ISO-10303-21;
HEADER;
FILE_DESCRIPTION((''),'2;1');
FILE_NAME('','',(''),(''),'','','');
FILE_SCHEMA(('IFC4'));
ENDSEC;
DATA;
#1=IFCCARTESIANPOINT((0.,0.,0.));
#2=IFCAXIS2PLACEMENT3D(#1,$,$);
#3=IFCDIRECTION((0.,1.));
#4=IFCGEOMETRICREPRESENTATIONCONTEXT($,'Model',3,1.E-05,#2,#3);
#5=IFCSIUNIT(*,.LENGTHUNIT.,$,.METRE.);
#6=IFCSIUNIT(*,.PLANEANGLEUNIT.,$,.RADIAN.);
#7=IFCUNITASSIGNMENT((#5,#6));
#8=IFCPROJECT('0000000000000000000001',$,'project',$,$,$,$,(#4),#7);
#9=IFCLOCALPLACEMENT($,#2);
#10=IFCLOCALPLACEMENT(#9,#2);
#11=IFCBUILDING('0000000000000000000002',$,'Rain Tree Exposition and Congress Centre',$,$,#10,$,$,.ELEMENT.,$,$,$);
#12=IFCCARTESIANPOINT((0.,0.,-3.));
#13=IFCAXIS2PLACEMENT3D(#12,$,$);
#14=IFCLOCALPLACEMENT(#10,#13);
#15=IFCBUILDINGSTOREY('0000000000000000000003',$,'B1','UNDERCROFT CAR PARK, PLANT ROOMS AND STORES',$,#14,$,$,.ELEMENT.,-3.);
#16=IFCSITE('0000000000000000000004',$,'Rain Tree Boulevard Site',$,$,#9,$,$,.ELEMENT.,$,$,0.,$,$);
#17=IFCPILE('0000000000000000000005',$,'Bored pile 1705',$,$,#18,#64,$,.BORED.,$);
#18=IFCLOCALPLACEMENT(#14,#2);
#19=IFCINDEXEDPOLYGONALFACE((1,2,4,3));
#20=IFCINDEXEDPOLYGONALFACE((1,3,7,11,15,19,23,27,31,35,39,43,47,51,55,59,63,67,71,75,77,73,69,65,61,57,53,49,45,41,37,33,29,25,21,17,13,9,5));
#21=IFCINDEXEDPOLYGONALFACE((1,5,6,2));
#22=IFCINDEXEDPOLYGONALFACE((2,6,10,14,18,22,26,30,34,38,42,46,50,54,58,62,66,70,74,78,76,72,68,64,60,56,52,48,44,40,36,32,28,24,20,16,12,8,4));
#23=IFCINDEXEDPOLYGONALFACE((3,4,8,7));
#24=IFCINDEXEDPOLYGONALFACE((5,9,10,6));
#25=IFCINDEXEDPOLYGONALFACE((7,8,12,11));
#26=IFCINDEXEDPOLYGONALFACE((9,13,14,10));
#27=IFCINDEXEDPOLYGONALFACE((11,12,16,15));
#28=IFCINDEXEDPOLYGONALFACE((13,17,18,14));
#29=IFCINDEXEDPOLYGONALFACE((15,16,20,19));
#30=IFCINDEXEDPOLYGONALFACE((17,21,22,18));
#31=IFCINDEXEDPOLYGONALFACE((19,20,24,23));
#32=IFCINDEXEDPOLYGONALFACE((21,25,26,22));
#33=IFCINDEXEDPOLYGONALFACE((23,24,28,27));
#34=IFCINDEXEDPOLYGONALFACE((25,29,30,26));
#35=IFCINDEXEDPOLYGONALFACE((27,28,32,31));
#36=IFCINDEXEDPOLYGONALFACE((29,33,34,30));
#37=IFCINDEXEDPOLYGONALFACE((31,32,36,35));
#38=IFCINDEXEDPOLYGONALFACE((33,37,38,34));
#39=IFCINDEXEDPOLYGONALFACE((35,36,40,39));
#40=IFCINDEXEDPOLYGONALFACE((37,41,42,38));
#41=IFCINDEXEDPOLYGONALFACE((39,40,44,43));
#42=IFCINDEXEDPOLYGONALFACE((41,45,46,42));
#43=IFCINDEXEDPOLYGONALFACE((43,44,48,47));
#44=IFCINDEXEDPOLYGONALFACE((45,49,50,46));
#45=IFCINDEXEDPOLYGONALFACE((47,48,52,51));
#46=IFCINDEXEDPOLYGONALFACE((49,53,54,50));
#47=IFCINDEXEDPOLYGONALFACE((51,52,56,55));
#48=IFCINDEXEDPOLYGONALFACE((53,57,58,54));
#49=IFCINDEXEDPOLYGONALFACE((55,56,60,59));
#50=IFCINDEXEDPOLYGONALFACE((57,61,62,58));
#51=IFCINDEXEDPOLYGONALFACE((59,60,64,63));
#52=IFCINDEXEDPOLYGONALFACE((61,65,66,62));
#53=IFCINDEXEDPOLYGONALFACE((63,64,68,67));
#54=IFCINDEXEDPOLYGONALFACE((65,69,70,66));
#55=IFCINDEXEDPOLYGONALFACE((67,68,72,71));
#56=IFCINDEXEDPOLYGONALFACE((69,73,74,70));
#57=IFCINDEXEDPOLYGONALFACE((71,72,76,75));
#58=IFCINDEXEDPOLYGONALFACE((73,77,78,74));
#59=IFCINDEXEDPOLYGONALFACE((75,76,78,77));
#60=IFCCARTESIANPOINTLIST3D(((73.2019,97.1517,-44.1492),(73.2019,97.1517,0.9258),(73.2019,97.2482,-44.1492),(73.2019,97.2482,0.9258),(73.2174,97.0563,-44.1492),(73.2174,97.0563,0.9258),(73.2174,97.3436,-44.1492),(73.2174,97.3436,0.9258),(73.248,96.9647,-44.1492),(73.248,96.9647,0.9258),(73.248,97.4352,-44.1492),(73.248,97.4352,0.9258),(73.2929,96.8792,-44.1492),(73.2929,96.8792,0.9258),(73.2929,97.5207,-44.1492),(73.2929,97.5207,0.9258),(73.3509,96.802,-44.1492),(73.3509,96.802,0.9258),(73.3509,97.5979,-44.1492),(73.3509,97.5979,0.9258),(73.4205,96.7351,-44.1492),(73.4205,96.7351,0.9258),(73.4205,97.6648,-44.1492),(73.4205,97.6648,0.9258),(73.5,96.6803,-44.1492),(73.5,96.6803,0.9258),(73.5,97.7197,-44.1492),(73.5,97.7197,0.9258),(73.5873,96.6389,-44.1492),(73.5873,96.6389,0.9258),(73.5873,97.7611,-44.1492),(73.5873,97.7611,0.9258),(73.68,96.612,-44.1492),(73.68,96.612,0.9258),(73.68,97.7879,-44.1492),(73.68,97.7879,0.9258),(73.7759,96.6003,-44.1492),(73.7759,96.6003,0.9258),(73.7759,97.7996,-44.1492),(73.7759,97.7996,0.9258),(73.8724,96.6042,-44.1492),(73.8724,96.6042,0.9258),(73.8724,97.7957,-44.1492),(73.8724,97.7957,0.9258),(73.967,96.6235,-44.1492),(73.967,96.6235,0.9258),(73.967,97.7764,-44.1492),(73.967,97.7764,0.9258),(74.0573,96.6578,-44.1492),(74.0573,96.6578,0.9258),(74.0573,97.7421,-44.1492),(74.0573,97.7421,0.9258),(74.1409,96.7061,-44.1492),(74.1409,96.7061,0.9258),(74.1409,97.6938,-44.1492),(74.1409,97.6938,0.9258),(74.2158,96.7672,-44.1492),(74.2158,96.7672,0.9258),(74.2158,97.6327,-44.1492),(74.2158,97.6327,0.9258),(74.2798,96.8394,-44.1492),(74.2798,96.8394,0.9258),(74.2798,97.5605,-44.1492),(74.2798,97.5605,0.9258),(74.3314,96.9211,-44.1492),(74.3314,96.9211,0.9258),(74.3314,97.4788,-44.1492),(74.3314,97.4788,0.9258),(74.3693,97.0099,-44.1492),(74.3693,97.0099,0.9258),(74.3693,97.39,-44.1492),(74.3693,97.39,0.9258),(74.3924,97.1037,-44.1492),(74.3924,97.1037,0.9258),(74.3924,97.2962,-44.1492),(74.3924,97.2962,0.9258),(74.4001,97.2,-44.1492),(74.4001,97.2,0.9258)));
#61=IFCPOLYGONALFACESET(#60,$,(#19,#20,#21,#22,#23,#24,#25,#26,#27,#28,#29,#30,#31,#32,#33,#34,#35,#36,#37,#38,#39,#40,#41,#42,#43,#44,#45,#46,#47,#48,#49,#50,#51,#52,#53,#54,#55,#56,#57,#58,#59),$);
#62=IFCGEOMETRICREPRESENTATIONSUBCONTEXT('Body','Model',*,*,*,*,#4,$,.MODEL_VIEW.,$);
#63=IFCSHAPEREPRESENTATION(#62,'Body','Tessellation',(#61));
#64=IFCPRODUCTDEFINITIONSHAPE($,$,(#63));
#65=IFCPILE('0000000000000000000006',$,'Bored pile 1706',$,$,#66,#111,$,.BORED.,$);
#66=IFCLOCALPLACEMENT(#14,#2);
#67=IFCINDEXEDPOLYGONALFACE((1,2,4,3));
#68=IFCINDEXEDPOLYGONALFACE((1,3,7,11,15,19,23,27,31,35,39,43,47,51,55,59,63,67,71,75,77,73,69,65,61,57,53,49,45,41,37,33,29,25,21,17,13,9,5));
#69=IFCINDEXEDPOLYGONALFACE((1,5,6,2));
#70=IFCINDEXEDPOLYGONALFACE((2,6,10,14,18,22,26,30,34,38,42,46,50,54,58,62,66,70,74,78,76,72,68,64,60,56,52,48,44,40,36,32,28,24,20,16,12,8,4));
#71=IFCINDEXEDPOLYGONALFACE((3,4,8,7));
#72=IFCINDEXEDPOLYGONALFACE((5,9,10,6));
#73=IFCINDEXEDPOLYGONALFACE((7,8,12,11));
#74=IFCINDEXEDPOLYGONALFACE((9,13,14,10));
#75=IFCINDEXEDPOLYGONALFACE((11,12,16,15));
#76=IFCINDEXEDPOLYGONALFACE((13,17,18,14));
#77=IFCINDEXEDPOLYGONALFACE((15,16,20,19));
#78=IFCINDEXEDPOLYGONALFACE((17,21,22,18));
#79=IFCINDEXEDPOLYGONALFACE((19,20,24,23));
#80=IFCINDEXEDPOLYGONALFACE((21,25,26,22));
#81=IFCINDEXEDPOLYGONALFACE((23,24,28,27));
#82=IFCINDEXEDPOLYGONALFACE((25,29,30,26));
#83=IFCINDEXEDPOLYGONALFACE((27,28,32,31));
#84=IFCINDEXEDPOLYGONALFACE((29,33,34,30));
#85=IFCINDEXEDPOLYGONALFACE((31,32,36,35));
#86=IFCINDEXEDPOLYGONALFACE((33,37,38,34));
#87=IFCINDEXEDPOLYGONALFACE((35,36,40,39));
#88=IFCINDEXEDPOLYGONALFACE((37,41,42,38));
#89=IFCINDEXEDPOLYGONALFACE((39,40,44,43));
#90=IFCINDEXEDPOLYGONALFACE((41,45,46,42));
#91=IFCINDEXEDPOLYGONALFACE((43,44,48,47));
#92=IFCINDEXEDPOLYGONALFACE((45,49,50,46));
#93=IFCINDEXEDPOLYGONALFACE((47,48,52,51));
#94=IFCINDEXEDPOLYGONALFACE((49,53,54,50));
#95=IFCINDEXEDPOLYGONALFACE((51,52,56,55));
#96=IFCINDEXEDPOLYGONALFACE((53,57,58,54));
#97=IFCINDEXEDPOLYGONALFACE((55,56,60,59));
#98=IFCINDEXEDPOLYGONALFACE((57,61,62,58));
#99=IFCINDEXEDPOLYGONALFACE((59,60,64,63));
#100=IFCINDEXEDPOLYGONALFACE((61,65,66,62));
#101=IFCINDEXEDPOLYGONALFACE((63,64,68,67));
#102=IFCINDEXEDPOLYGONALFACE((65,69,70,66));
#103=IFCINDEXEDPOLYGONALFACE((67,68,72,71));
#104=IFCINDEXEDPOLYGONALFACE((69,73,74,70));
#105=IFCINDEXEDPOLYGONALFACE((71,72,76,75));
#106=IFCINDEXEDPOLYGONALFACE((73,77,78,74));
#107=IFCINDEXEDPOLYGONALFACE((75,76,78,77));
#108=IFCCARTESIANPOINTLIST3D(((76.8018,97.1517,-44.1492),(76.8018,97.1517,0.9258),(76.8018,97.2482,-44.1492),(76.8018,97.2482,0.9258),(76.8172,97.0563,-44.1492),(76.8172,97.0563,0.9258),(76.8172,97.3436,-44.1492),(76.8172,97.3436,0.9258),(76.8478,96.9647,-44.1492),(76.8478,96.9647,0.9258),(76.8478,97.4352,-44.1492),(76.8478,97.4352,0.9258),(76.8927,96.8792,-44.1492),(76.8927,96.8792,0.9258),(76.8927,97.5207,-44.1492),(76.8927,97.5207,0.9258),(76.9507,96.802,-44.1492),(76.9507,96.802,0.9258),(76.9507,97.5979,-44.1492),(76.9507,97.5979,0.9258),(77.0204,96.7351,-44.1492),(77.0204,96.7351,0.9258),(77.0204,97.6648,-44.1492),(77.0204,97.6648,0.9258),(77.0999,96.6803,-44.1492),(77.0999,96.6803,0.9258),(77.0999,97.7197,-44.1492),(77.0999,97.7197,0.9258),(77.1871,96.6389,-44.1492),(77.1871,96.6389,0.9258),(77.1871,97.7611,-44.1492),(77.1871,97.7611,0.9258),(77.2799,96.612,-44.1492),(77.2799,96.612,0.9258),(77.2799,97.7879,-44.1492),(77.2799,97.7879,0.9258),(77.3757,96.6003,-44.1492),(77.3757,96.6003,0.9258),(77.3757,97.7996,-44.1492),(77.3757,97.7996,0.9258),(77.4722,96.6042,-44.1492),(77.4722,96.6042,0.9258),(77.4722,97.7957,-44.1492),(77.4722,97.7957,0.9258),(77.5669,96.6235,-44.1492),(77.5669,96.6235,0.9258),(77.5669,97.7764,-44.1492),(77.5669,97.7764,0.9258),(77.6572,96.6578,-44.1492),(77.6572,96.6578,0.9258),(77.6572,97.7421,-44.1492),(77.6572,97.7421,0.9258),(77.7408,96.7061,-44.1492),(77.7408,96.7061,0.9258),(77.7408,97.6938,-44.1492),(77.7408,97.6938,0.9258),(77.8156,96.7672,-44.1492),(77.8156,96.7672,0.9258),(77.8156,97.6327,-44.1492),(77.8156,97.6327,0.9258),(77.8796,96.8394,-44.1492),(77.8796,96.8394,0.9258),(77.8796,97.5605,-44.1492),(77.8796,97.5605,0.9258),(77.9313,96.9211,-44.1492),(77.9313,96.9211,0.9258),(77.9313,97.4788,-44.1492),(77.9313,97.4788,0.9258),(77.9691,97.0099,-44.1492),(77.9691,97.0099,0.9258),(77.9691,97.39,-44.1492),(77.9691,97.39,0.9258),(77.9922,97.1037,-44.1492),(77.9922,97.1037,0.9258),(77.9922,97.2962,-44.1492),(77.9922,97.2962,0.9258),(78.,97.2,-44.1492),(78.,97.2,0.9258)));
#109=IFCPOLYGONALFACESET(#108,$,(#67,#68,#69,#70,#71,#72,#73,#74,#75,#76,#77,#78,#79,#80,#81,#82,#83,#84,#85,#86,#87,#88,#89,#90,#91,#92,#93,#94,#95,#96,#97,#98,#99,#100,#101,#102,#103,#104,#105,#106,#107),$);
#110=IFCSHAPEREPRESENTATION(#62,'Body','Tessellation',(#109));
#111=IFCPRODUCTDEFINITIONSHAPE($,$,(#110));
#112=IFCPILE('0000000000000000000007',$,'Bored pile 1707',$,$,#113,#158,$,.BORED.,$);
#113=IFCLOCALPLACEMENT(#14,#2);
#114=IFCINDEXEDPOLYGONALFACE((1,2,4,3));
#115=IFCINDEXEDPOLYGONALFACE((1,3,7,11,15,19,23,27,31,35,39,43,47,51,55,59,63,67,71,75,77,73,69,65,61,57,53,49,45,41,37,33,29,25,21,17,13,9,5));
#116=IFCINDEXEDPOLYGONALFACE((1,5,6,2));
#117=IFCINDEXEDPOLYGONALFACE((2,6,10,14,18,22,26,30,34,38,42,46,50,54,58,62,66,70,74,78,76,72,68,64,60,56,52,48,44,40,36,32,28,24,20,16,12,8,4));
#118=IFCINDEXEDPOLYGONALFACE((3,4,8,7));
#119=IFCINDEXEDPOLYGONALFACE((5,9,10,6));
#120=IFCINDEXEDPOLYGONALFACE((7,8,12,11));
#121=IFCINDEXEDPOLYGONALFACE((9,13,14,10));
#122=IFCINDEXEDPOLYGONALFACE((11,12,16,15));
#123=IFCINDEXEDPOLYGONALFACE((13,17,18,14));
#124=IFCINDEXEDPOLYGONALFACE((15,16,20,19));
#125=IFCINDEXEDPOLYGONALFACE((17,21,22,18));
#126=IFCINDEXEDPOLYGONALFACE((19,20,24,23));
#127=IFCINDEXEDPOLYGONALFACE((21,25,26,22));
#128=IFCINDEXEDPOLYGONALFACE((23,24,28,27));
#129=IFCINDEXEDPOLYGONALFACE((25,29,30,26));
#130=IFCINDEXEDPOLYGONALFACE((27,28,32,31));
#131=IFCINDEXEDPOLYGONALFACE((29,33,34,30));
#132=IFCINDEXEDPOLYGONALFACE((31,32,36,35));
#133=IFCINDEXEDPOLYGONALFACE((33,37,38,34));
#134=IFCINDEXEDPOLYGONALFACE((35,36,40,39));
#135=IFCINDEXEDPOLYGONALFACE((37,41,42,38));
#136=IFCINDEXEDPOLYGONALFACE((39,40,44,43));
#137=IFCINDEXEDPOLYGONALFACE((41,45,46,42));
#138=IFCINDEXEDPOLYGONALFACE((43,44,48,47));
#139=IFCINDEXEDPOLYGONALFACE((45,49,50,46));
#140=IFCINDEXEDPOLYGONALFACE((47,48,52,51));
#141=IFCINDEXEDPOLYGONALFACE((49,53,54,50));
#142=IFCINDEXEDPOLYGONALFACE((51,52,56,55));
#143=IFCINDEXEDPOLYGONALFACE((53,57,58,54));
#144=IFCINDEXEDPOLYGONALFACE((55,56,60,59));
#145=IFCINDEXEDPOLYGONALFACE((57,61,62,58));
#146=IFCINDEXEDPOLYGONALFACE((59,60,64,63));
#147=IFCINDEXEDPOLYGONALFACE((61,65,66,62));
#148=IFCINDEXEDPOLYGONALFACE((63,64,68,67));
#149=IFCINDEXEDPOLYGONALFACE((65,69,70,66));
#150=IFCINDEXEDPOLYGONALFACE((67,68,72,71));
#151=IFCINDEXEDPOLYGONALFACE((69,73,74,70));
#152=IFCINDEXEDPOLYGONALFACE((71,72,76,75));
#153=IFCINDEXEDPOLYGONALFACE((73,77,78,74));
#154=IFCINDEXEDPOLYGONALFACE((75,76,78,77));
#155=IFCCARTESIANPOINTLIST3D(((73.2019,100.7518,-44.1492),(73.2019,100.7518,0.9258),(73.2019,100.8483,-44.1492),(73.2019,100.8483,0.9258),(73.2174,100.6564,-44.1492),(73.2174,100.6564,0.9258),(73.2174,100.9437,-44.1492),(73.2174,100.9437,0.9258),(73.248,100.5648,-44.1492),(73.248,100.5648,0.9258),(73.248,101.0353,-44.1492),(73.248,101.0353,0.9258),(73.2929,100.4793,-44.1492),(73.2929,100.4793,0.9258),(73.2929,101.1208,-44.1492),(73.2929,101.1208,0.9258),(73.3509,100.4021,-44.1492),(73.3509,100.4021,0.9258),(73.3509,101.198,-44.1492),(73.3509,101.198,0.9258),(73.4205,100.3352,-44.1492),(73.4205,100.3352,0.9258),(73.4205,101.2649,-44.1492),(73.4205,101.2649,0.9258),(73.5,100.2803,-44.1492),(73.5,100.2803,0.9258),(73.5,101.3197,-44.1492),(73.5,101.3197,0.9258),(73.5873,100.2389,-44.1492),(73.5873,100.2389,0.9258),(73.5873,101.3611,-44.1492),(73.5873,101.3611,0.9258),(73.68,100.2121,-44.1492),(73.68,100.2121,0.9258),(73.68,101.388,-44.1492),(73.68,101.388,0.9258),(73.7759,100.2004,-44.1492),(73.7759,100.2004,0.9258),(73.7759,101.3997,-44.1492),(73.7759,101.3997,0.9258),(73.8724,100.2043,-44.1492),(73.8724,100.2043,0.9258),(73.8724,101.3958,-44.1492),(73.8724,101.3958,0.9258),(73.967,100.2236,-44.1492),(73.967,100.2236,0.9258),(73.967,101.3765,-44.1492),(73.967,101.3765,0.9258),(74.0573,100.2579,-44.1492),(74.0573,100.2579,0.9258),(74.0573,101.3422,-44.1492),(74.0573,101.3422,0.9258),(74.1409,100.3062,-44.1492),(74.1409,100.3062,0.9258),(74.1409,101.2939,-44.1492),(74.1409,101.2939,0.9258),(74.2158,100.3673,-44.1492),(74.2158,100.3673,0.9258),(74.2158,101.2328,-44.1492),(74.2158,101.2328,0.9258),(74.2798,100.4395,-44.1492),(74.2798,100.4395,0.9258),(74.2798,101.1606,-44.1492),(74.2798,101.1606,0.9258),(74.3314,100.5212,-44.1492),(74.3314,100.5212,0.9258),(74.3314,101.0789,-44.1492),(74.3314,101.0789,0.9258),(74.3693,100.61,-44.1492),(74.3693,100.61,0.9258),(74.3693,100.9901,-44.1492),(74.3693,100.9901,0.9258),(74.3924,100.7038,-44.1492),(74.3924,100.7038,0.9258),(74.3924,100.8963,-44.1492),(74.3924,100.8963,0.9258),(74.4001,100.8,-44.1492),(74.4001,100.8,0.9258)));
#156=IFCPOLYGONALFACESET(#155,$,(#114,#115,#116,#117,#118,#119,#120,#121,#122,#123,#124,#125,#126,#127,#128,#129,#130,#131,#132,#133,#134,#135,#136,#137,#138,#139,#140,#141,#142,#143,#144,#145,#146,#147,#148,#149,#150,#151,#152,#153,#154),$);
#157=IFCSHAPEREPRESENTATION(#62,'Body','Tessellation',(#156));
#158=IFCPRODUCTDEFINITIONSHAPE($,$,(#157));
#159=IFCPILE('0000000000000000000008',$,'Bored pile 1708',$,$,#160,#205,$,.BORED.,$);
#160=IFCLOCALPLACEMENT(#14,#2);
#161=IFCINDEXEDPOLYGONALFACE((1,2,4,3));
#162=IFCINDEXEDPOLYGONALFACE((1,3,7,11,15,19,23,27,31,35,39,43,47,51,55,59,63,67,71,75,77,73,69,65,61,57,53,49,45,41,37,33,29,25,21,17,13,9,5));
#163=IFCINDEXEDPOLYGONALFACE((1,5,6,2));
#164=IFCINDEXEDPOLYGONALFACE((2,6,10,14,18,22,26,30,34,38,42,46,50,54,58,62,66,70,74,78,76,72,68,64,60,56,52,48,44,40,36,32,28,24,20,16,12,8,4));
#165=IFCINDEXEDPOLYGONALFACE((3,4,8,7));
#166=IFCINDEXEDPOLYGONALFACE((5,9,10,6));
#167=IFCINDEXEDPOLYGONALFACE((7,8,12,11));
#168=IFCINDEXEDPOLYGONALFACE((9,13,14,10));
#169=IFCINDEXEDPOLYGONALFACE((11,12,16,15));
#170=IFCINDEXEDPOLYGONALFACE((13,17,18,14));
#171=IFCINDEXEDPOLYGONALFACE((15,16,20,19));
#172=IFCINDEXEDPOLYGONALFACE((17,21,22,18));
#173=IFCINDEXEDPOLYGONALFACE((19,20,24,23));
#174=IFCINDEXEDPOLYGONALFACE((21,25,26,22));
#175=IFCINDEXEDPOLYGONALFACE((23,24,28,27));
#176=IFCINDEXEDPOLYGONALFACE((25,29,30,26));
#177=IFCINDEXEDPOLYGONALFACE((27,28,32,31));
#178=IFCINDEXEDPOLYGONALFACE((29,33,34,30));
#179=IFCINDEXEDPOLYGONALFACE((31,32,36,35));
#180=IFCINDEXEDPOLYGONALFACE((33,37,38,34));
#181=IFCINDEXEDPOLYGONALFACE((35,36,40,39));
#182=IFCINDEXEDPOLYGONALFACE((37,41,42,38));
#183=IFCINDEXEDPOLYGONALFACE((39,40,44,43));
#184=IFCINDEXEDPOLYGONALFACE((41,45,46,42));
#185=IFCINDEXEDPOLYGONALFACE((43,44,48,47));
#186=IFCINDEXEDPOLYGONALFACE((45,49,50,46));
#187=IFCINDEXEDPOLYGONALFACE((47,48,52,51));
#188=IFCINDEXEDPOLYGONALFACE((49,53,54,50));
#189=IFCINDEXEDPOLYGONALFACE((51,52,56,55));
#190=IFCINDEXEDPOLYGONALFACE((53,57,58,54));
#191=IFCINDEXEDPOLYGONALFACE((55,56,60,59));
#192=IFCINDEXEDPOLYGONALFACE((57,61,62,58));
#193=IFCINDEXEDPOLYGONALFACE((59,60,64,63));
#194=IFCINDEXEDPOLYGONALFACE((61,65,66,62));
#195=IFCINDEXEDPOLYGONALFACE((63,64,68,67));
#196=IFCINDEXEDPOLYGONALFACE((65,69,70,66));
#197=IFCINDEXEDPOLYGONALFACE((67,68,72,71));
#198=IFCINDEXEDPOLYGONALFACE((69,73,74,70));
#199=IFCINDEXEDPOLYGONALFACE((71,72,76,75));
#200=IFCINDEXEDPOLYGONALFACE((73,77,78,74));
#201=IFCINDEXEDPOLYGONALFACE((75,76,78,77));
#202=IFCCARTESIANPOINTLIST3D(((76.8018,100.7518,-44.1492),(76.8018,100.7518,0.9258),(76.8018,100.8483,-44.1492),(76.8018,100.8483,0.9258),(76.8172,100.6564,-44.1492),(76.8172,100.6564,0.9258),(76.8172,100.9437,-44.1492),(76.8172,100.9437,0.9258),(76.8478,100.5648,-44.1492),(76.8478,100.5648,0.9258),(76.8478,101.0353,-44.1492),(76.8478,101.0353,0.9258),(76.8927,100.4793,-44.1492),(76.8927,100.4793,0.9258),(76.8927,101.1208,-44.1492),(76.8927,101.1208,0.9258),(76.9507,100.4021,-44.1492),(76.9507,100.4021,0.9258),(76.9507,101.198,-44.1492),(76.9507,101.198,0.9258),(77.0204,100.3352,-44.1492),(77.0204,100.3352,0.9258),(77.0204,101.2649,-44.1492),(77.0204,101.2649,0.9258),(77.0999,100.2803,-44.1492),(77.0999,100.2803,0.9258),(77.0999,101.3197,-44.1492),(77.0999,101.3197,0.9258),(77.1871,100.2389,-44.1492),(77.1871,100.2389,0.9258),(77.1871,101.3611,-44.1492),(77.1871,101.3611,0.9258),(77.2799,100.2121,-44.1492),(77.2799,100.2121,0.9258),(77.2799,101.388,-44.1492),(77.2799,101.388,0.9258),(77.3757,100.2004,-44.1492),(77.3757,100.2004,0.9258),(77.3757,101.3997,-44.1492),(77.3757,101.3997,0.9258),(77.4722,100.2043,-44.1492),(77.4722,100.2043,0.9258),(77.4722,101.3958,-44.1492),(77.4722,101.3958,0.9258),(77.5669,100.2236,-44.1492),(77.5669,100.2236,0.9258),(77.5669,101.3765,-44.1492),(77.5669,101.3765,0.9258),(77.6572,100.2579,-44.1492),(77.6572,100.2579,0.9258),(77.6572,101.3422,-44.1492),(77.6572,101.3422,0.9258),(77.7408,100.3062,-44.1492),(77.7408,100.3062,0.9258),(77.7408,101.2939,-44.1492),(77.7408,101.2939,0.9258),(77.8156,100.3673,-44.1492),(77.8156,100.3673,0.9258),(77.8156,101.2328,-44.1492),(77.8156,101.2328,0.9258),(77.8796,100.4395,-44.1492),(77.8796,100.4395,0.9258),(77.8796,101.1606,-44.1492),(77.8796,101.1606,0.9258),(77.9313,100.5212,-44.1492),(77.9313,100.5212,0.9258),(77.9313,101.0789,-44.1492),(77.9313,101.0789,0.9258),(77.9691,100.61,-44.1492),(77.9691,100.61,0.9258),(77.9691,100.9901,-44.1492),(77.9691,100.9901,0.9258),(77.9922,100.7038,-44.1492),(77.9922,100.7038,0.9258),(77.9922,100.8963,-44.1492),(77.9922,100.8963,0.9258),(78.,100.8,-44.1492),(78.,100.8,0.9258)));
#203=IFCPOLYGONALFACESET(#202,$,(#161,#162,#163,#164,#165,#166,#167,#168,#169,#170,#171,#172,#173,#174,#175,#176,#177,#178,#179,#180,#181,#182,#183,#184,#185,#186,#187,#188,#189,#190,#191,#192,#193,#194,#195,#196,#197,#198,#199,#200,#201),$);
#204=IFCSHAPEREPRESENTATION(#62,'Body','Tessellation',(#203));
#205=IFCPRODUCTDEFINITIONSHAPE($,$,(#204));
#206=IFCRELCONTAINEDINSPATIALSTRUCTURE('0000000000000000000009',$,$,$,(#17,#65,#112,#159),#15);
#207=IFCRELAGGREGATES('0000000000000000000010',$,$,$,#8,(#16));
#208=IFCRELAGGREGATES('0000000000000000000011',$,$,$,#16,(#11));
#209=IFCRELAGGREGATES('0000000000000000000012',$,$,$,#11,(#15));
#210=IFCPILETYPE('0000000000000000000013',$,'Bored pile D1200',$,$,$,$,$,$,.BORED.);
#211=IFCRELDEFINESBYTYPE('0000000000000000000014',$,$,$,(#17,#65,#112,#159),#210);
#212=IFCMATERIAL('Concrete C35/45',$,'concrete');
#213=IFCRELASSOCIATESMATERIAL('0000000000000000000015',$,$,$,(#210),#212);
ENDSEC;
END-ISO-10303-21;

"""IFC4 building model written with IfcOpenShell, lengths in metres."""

from ifc_helpers import new_model, si_unit, direction, frame, origin, origin_2d, place, context, subcontext, project, spatial, circle, extrude, material, material_profile, profile_set, type_object, element, save


model = new_model("IFC4")

# Units and contexts
model_context = context("Model", 3, precision=1e-05, world=origin(), true_north=direction((0.0, 1.0)))
body_context = subcontext(model_context, "Body", "Model", "MODEL_VIEW")
ifc_project = project(units=[si_unit("LENGTHUNIT", "METRE"), si_unit("PLANEANGLEUNIT", "RADIAN")], contexts=[model_context])

# Site, building, storey
site_placement = place(None, origin())
site = spatial("IfcSite", under=ifc_project, at=site_placement, Name="Rain Tree Boulevard Site", CompositionType="ELEMENT", RefElevation=0.0)
building_placement = place(site_placement, origin())
building = spatial("IfcBuilding", under=site, at=building_placement, Name="Rain Tree Exposition and Congress Centre", CompositionType="ELEMENT")
storey_placement = place(building_placement, frame((0.0, 0.0, -3.0)))
storey = spatial("IfcBuildingStorey", under=building, at=storey_placement, Name="B1", Description="UNDERCROFT CAR PARK, PLANT ROOMS AND STORES", CompositionType="ELEMENT", Elevation=-3.0)

# Piles
ifc_material_1 = material(Name="Concrete C35/45", Category="concrete")
ifc_material_profile_1 = material_profile(ifc_material_1, circle(Radius=0.6001, at=origin_2d()), Name="D1200")
ifc_profile_set_1 = profile_set([ifc_material_profile_1], Name="Concrete C35/45")
pile_type_1 = type_object("IfcPileType", Name="Bored pile D1200", PredefinedType="BORED", material=ifc_profile_set_1)
for number, where, z_axis, x_axis, name in (
    (1, (73.8, 97.2, 0.9258), (0.0, 0.0, -1.0), (1.0, 0.0, 0.0), "Bored pile 1705"),
    (2, (77.3999, 97.2, 0.9258), (0.0, 0.0, -1.0), (1.0, 0.0, 0.0), "Bored pile 1706"),
    (3, (73.8, 100.8, 0.9258), (0.0, 0.0, -1.0), (1.0, 0.0, 0.0), "Bored pile 1707"),
    (4, (77.3999, 100.8, 0.9258), (0.0, 0.0, -1.0), (1.0, 0.0, 0.0), "Bored pile 1708"),
):
    element("IfcPile", number, at=place(storey_placement, frame(where, z_axis=z_axis, x_axis=x_axis)), inside=storey, type_object=pile_type_1, Name=name, PredefinedType="BORED", context=body_context, shape_type="SweptSolid", body=[
        extrude(circle(Radius=0.6001, at=origin_2d()), origin(), (0.0, 0.0, 1.0), 45.075),
    ])

save(model, "model.ifc")
